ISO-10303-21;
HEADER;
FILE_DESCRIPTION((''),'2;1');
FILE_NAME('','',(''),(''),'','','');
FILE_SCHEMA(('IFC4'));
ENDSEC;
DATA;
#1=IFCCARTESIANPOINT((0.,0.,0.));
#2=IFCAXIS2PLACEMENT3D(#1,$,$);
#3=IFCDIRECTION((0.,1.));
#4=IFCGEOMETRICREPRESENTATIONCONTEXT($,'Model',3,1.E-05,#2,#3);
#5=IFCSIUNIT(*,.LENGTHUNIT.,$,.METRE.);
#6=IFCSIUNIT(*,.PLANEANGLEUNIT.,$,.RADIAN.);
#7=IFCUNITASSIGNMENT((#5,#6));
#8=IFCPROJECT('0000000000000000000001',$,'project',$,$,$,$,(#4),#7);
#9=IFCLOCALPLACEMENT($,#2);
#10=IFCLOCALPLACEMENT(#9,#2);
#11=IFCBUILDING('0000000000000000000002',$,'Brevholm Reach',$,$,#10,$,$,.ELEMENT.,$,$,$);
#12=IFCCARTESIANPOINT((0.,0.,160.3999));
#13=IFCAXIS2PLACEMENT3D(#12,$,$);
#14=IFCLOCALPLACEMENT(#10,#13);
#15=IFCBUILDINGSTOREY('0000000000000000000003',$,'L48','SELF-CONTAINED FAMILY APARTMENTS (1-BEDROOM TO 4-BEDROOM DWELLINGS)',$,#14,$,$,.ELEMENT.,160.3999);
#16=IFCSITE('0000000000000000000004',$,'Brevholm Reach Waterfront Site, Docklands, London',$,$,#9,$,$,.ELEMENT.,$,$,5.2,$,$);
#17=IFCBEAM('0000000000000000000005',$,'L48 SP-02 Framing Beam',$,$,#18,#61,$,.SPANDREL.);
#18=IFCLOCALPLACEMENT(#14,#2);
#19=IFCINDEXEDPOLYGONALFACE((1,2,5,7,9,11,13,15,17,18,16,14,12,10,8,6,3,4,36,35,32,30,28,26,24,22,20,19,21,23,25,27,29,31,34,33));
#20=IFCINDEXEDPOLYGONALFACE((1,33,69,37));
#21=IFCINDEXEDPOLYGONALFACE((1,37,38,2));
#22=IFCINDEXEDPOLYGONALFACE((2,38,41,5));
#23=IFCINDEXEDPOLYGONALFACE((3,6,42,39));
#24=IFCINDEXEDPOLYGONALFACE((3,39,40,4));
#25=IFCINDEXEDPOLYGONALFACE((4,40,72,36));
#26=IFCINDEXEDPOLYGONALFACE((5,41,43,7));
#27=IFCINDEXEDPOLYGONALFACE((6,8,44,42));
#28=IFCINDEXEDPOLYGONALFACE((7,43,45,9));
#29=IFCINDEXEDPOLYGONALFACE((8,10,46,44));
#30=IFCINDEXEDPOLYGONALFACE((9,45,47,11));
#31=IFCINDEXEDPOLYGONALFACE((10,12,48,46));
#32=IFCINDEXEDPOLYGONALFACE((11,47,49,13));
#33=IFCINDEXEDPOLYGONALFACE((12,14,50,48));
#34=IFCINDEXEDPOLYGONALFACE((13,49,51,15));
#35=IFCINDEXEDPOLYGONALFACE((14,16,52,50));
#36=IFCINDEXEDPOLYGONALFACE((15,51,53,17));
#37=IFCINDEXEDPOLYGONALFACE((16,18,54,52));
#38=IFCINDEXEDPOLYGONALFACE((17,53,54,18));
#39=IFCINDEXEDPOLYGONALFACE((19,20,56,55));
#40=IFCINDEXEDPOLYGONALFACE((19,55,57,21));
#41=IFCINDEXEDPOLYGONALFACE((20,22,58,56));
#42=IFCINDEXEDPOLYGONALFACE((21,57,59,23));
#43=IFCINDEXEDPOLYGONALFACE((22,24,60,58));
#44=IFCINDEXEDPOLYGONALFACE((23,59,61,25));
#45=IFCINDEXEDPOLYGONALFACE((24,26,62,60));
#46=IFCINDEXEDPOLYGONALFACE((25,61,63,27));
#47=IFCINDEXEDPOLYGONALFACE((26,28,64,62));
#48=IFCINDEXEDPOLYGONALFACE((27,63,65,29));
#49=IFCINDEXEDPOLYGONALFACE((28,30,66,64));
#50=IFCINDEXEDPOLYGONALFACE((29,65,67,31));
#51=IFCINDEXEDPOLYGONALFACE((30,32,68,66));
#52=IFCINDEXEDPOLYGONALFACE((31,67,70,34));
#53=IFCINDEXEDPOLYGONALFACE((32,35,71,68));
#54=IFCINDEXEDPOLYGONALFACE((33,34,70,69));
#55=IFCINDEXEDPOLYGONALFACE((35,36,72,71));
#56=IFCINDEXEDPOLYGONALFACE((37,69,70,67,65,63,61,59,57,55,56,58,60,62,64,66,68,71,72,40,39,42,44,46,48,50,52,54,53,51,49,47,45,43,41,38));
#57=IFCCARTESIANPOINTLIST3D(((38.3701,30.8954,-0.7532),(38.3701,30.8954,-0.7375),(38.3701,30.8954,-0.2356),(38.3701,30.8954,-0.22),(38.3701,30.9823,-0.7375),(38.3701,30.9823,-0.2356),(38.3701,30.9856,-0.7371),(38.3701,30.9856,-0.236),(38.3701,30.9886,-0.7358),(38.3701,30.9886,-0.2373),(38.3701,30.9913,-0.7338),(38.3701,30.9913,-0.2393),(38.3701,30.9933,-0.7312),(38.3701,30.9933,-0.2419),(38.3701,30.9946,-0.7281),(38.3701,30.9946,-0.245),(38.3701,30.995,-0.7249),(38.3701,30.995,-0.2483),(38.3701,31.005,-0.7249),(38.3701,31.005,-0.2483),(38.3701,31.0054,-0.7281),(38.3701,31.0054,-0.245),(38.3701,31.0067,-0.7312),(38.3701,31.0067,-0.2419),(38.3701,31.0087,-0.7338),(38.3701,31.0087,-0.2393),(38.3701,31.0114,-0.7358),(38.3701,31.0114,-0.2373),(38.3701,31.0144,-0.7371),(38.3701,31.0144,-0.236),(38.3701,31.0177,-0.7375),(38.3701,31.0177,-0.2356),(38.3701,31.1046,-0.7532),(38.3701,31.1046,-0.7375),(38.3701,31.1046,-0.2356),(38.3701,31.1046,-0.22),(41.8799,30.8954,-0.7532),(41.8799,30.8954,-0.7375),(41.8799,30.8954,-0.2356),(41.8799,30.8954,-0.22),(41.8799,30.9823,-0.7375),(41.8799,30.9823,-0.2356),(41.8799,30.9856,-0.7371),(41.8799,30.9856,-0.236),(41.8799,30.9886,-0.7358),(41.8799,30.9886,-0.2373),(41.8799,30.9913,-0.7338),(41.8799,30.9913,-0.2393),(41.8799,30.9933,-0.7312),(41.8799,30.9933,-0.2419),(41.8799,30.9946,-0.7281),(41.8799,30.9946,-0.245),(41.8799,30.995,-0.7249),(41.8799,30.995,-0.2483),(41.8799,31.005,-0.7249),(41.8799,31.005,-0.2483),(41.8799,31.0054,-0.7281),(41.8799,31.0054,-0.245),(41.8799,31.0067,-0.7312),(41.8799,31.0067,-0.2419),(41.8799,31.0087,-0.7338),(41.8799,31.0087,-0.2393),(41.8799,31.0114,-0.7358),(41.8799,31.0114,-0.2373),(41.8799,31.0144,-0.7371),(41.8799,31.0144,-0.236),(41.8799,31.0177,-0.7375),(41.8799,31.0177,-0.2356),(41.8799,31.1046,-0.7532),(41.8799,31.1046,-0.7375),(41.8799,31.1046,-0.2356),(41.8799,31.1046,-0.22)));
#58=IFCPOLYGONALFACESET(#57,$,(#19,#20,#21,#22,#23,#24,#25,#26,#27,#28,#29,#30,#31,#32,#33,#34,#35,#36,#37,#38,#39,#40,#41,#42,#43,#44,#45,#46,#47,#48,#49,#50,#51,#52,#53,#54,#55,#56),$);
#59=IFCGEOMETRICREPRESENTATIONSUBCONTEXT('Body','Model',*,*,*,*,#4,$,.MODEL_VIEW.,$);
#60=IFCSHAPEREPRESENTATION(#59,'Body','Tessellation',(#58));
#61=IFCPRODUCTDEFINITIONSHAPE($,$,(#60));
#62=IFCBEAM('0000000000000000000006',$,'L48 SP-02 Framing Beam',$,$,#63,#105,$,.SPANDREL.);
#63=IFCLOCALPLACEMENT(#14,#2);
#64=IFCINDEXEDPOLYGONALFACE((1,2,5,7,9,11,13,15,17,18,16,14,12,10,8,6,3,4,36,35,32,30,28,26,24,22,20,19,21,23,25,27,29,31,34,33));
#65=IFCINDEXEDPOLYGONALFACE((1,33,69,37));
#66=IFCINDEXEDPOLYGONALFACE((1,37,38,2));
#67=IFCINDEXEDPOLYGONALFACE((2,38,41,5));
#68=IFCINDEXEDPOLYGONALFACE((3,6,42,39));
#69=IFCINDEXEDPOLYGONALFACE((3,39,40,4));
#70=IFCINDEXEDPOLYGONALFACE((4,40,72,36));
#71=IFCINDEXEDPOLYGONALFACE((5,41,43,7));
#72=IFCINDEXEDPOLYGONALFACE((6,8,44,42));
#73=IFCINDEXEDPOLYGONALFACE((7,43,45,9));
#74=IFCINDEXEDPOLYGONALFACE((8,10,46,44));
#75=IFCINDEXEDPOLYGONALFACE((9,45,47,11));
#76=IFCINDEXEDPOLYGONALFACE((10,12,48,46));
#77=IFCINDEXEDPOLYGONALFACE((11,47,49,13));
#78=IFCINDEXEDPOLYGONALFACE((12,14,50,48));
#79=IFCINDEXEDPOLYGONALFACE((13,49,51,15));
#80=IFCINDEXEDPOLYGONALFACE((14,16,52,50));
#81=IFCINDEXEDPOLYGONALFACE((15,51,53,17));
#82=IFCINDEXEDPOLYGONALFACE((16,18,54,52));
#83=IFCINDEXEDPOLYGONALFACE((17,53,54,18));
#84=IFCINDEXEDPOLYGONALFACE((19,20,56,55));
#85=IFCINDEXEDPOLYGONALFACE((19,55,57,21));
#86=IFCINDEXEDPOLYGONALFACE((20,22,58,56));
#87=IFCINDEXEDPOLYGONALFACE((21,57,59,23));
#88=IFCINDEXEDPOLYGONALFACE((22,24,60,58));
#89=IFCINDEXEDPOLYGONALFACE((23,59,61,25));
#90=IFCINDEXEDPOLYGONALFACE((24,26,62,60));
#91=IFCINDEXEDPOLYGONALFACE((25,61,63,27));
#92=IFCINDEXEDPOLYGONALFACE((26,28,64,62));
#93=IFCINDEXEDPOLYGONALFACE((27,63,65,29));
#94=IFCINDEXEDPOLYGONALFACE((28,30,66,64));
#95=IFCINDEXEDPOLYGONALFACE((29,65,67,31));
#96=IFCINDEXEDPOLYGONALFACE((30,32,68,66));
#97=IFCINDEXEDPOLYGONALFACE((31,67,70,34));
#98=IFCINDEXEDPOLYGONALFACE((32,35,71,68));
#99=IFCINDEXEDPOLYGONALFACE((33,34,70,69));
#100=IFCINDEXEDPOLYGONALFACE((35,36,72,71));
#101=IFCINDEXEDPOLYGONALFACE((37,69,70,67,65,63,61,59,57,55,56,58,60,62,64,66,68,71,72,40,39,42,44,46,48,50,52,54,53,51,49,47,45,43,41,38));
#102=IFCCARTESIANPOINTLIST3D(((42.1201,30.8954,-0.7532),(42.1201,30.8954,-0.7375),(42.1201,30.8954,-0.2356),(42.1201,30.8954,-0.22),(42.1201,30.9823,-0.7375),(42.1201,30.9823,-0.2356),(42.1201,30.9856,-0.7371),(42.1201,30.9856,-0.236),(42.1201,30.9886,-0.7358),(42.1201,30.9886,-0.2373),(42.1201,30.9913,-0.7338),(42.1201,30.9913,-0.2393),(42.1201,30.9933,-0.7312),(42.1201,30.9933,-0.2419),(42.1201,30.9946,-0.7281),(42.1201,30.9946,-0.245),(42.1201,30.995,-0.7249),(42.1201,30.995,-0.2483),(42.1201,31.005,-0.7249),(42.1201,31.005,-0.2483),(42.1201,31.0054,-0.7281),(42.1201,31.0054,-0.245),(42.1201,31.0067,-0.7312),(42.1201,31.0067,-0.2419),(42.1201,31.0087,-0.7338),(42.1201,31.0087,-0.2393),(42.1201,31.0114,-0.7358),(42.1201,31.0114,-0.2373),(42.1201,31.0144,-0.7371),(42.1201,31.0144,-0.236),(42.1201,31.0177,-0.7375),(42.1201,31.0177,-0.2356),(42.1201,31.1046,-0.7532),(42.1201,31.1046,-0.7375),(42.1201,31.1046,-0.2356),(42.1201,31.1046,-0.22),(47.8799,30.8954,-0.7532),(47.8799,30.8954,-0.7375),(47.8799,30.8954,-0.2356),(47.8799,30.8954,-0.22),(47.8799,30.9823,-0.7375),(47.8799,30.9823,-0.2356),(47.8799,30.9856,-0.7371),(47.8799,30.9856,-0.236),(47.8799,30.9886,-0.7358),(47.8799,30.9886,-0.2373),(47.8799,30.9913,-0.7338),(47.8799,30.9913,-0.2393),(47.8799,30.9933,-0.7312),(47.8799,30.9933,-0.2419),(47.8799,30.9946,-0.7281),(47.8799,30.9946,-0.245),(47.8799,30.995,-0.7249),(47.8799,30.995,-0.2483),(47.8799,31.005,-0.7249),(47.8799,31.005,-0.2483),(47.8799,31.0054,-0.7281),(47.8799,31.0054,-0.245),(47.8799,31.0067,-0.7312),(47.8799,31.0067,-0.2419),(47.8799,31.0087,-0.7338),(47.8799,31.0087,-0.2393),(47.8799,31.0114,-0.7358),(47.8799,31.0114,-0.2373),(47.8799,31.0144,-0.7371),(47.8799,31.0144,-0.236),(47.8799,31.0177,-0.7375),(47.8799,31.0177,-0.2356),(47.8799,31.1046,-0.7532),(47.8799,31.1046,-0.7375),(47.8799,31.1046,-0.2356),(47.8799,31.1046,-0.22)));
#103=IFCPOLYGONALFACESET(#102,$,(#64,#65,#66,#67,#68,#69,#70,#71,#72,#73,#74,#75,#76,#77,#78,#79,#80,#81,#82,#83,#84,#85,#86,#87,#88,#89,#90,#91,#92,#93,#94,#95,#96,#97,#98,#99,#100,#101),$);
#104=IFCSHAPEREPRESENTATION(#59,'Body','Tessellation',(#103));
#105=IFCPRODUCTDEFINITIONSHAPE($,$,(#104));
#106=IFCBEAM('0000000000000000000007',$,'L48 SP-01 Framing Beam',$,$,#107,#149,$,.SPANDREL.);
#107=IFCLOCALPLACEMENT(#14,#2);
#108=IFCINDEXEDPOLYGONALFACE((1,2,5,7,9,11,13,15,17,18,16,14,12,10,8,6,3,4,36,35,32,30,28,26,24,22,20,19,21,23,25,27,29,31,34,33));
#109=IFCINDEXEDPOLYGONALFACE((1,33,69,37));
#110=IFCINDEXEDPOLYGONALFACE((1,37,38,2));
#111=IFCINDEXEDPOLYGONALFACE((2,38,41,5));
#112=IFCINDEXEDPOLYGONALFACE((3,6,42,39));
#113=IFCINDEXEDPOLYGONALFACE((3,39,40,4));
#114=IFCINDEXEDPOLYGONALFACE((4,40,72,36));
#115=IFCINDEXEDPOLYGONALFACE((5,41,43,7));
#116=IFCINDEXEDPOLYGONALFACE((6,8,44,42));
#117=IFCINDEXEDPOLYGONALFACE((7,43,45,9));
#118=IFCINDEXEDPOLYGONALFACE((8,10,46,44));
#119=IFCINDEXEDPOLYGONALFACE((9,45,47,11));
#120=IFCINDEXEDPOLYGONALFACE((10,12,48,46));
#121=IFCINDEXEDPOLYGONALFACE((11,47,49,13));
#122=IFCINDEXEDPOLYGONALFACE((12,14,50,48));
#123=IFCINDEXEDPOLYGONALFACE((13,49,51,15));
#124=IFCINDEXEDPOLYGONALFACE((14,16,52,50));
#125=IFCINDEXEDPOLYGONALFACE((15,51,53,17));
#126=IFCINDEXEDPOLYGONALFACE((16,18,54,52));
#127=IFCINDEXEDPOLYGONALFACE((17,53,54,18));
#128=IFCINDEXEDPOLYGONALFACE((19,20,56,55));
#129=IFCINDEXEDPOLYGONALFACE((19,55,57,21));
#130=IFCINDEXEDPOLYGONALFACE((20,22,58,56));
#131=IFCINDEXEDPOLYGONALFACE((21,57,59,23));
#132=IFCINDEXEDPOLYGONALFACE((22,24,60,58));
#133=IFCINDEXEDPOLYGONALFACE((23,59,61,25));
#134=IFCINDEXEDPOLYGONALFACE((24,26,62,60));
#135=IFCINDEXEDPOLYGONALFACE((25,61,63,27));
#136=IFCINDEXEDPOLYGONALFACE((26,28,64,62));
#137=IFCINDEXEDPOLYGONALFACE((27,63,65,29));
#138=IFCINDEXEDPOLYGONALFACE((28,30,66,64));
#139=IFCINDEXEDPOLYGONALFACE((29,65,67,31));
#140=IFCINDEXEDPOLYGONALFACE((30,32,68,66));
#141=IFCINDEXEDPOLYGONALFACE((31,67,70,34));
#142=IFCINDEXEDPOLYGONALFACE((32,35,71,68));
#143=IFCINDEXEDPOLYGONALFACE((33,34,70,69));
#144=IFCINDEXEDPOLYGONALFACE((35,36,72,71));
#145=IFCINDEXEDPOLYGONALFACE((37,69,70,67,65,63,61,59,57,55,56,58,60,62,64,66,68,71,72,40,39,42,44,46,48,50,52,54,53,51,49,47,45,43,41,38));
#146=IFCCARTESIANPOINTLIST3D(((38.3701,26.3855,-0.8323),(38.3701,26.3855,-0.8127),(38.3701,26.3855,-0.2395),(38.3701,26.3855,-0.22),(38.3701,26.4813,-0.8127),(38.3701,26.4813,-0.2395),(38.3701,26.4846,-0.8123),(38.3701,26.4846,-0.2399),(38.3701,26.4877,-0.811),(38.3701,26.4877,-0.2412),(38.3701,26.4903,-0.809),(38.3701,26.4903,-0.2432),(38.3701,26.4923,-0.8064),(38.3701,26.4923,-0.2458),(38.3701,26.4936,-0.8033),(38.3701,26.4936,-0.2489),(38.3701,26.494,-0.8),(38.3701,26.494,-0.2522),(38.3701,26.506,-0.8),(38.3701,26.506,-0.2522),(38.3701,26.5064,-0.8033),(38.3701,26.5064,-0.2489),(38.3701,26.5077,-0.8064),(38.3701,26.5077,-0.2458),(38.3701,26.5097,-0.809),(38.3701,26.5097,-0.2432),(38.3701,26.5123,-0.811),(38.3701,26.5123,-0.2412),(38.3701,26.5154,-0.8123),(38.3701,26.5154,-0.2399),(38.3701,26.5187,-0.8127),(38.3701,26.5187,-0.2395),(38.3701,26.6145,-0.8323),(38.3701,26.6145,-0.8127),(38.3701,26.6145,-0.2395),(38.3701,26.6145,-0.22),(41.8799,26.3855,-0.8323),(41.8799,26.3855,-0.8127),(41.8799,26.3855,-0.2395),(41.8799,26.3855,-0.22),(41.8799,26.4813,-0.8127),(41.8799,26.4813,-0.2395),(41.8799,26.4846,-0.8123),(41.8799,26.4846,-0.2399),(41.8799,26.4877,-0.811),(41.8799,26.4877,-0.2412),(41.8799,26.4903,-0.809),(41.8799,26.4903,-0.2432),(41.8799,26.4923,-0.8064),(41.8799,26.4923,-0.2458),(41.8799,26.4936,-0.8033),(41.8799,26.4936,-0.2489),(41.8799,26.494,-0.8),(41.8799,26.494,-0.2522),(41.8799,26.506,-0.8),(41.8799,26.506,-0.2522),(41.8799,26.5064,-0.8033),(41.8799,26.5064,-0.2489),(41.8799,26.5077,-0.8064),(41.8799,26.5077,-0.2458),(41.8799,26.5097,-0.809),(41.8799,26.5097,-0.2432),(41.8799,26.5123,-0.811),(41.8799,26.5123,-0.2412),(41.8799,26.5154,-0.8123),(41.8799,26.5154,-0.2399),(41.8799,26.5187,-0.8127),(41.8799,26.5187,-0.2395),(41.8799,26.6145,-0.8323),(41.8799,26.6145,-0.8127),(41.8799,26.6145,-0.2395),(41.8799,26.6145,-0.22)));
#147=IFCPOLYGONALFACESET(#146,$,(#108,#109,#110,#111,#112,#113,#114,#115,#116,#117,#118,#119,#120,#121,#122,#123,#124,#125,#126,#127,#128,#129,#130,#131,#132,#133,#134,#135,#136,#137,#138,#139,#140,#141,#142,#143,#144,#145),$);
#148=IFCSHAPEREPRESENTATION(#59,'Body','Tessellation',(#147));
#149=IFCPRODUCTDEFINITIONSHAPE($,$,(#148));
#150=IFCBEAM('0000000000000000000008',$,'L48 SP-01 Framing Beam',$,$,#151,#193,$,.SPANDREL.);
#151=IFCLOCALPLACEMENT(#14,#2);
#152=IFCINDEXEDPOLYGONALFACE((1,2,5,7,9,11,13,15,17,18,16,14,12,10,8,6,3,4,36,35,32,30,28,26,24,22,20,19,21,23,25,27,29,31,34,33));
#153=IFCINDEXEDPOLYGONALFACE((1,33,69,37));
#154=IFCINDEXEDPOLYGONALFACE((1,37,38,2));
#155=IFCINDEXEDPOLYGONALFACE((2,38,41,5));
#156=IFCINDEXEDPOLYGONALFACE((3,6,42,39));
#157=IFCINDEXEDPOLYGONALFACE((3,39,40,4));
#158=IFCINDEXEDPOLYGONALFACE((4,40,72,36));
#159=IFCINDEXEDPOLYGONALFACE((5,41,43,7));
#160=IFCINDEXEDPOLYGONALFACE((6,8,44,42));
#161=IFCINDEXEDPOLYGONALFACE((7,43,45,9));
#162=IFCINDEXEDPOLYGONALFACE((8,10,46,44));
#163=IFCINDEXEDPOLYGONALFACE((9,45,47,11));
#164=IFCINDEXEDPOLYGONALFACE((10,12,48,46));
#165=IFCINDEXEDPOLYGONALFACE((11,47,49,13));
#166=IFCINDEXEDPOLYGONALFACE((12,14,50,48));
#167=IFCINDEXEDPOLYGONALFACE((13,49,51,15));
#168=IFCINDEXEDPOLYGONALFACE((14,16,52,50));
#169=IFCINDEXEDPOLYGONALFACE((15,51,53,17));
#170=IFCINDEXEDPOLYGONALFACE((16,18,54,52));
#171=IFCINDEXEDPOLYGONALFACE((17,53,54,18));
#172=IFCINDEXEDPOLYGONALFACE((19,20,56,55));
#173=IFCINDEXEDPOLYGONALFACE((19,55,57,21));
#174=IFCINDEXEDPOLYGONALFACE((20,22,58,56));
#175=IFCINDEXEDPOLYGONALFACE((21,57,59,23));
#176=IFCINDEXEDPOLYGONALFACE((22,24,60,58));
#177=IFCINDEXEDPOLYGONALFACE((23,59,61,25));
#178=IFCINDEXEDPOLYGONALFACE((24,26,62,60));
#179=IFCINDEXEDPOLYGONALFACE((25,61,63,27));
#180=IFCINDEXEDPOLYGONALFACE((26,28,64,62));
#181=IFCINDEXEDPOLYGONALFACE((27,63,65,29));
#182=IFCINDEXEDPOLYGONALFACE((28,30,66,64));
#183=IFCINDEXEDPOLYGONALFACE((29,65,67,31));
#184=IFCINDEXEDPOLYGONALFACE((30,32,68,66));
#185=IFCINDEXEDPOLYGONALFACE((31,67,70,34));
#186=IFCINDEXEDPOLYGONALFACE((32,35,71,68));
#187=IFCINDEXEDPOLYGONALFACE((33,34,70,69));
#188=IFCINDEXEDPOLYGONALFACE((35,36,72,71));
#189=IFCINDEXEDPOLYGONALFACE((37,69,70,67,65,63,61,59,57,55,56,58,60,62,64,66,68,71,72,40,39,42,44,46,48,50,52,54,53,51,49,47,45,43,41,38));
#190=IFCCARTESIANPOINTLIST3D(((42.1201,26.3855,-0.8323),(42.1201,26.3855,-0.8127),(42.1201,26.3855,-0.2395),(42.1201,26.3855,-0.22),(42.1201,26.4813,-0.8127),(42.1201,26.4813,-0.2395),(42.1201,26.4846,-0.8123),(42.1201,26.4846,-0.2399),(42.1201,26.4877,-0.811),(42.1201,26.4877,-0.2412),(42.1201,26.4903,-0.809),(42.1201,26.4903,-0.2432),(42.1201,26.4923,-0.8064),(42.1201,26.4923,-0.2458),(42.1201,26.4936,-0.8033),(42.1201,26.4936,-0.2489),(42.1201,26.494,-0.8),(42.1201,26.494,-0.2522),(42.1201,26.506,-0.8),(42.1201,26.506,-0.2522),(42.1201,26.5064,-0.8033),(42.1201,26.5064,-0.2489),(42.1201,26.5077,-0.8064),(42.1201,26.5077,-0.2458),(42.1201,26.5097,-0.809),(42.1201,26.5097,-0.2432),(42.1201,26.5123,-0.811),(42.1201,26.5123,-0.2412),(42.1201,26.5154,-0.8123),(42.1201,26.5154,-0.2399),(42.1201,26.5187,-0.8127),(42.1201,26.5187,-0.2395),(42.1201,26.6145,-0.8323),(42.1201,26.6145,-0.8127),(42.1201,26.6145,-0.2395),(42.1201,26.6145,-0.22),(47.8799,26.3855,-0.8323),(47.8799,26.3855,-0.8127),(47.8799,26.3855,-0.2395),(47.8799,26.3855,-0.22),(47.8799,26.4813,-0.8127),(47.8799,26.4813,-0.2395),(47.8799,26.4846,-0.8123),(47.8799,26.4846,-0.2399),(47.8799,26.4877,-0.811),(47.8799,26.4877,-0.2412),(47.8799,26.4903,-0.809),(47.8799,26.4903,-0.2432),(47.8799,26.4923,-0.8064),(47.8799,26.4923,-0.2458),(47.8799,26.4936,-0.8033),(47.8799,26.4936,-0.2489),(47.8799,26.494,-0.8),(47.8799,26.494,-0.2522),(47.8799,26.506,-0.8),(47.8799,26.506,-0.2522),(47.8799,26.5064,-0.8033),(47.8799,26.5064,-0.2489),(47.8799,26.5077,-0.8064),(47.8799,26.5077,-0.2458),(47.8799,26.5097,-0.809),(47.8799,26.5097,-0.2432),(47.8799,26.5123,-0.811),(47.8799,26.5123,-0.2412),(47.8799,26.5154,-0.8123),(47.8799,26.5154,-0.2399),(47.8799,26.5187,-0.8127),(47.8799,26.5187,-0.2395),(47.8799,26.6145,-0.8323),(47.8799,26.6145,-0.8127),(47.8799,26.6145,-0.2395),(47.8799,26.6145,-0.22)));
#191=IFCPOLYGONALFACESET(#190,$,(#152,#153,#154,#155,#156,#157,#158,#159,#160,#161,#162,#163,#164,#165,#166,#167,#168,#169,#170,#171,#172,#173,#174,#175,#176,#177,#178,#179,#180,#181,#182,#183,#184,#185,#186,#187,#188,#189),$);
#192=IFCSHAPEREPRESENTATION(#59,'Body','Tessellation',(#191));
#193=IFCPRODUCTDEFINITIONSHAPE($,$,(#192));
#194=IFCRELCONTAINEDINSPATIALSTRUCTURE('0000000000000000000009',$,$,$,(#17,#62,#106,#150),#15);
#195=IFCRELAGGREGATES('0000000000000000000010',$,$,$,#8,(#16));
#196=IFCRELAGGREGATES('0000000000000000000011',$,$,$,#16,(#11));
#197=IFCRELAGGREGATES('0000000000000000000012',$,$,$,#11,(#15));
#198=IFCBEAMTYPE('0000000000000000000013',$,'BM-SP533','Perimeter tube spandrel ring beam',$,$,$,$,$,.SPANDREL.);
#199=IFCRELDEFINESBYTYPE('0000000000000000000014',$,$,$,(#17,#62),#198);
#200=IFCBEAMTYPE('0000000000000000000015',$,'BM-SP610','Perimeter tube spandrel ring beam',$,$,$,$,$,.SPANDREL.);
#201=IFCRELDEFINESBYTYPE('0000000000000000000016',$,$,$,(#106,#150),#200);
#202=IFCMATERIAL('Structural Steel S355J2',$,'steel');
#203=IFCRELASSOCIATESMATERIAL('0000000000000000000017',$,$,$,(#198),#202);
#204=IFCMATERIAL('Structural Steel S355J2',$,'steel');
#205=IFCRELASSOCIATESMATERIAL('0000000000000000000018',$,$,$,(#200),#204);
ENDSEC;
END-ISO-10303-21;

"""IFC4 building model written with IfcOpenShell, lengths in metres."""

from ifc_helpers import new_model, si_unit, direction, frame, origin, origin_2d, place, context, subcontext, project, spatial, i_section, extrude, material, material_profile, profile_set, type_object, element, save


model = new_model("IFC4")

# Units and contexts
model_context = context("Model", 3, precision=1e-05, world=origin(), true_north=direction((0.0, 1.0)))
body_context = subcontext(model_context, "Body", "Model", "MODEL_VIEW")
ifc_project = project(units=[si_unit("LENGTHUNIT", "METRE"), si_unit("PLANEANGLEUNIT", "RADIAN")], contexts=[model_context])

# Site, building, storey
site_placement = place(None, origin())
site = spatial("IfcSite", under=ifc_project, at=site_placement, Name="Brevholm Reach Waterfront Site, Docklands, London", CompositionType="ELEMENT", RefElevation=5.2)
building_placement = place(site_placement, origin())
building = spatial("IfcBuilding", under=site, at=building_placement, Name="Brevholm Reach", CompositionType="ELEMENT")
storey_placement = place(building_placement, frame((0.0, 0.0, 160.3999)))
storey = spatial("IfcBuildingStorey", under=building, at=storey_placement, Name="L48", Description="SELF-CONTAINED FAMILY APARTMENTS (1-BEDROOM TO 4-BEDROOM DWELLINGS)", CompositionType="ELEMENT", Elevation=160.3999)

# Beams
ifc_material_1 = material(Name="Structural Steel S355J2", Category="steel")
ifc_material_profile_1 = material_profile(ifc_material_1, i_section(OverallWidth=0.2092, OverallDepth=0.5332, WebThickness=0.01, FlangeThickness=0.0156, FilletRadius=0.0127, at=origin_2d()), Name="UKB 533x210x92")
ifc_profile_set_1 = profile_set([ifc_material_profile_1], Name="Structural Steel S355J2")
beam_type_1 = type_object("IfcBeamType", Name="BM-SP533", Description="Perimeter tube spandrel ring beam", PredefinedType="SPANDREL", material=ifc_profile_set_1)
beam_1_placement = place(storey_placement, frame((38.3701, 31.0, -0.4866), z_axis=(1.0, 0.0, 0.0), x_axis=(0.0, 1.0, 0.0)))
element("IfcBeam", 1, at=beam_1_placement, inside=storey, type_object=beam_type_1, Name="L48 SP-02 Framing Beam", PredefinedType="SPANDREL", context=body_context, shape_type="SweptSolid", body=[
    extrude(i_section(OverallWidth=0.2092, OverallDepth=0.5332, WebThickness=0.01, FlangeThickness=0.0156, FilletRadius=0.0127, at=origin_2d()), origin(), (0.0, 0.0, 1.0), 3.5098),
])
beam_2_placement = place(storey_placement, frame((42.1201, 31.0, -0.4866), z_axis=(1.0, 0.0, 0.0), x_axis=(0.0, 1.0, 0.0)))
element("IfcBeam", 2, at=beam_2_placement, inside=storey, type_object=beam_type_1, Name="L48 SP-02 Framing Beam", PredefinedType="SPANDREL", context=body_context, shape_type="SweptSolid", body=[
    extrude(i_section(OverallWidth=0.2092, OverallDepth=0.5332, WebThickness=0.01, FlangeThickness=0.0156, FilletRadius=0.0127, at=origin_2d()), origin(), (0.0, 0.0, 1.0), 5.7598),
])
ifc_material_2 = material(Name="Structural Steel S355J2", Category="steel")
ifc_material_profile_2 = material_profile(ifc_material_2, i_section(OverallWidth=0.229, OverallDepth=0.6123, WebThickness=0.012, FlangeThickness=0.0195, FilletRadius=0.0127, at=origin_2d()), Name="UKB 610x229x125")
ifc_profile_set_2 = profile_set([ifc_material_profile_2], Name="Structural Steel S355J2")
beam_type_2 = type_object("IfcBeamType", Name="BM-SP610", Description="Perimeter tube spandrel ring beam", PredefinedType="SPANDREL", material=ifc_profile_set_2)
beam_3_placement = place(storey_placement, frame((38.3701, 26.5, -0.5261), z_axis=(1.0, 0.0, 0.0), x_axis=(0.0, 1.0, 0.0)))
element("IfcBeam", 3, at=beam_3_placement, inside=storey, type_object=beam_type_2, Name="L48 SP-01 Framing Beam", PredefinedType="SPANDREL", context=body_context, shape_type="SweptSolid", body=[
    extrude(i_section(OverallWidth=0.229, OverallDepth=0.6123, WebThickness=0.012, FlangeThickness=0.0195, FilletRadius=0.0127, at=origin_2d()), origin(), (0.0, 0.0, 1.0), 3.5098),
])
beam_4_placement = place(storey_placement, frame((42.1201, 26.5, -0.5261), z_axis=(1.0, 0.0, 0.0), x_axis=(0.0, 1.0, 0.0)))
element("IfcBeam", 4, at=beam_4_placement, inside=storey, type_object=beam_type_2, Name="L48 SP-01 Framing Beam", PredefinedType="SPANDREL", context=body_context, shape_type="SweptSolid", body=[
    extrude(i_section(OverallWidth=0.229, OverallDepth=0.6123, WebThickness=0.012, FlangeThickness=0.0195, FilletRadius=0.0127, at=origin_2d()), origin(), (0.0, 0.0, 1.0), 5.7598),
])

save(model, "model.ifc")
